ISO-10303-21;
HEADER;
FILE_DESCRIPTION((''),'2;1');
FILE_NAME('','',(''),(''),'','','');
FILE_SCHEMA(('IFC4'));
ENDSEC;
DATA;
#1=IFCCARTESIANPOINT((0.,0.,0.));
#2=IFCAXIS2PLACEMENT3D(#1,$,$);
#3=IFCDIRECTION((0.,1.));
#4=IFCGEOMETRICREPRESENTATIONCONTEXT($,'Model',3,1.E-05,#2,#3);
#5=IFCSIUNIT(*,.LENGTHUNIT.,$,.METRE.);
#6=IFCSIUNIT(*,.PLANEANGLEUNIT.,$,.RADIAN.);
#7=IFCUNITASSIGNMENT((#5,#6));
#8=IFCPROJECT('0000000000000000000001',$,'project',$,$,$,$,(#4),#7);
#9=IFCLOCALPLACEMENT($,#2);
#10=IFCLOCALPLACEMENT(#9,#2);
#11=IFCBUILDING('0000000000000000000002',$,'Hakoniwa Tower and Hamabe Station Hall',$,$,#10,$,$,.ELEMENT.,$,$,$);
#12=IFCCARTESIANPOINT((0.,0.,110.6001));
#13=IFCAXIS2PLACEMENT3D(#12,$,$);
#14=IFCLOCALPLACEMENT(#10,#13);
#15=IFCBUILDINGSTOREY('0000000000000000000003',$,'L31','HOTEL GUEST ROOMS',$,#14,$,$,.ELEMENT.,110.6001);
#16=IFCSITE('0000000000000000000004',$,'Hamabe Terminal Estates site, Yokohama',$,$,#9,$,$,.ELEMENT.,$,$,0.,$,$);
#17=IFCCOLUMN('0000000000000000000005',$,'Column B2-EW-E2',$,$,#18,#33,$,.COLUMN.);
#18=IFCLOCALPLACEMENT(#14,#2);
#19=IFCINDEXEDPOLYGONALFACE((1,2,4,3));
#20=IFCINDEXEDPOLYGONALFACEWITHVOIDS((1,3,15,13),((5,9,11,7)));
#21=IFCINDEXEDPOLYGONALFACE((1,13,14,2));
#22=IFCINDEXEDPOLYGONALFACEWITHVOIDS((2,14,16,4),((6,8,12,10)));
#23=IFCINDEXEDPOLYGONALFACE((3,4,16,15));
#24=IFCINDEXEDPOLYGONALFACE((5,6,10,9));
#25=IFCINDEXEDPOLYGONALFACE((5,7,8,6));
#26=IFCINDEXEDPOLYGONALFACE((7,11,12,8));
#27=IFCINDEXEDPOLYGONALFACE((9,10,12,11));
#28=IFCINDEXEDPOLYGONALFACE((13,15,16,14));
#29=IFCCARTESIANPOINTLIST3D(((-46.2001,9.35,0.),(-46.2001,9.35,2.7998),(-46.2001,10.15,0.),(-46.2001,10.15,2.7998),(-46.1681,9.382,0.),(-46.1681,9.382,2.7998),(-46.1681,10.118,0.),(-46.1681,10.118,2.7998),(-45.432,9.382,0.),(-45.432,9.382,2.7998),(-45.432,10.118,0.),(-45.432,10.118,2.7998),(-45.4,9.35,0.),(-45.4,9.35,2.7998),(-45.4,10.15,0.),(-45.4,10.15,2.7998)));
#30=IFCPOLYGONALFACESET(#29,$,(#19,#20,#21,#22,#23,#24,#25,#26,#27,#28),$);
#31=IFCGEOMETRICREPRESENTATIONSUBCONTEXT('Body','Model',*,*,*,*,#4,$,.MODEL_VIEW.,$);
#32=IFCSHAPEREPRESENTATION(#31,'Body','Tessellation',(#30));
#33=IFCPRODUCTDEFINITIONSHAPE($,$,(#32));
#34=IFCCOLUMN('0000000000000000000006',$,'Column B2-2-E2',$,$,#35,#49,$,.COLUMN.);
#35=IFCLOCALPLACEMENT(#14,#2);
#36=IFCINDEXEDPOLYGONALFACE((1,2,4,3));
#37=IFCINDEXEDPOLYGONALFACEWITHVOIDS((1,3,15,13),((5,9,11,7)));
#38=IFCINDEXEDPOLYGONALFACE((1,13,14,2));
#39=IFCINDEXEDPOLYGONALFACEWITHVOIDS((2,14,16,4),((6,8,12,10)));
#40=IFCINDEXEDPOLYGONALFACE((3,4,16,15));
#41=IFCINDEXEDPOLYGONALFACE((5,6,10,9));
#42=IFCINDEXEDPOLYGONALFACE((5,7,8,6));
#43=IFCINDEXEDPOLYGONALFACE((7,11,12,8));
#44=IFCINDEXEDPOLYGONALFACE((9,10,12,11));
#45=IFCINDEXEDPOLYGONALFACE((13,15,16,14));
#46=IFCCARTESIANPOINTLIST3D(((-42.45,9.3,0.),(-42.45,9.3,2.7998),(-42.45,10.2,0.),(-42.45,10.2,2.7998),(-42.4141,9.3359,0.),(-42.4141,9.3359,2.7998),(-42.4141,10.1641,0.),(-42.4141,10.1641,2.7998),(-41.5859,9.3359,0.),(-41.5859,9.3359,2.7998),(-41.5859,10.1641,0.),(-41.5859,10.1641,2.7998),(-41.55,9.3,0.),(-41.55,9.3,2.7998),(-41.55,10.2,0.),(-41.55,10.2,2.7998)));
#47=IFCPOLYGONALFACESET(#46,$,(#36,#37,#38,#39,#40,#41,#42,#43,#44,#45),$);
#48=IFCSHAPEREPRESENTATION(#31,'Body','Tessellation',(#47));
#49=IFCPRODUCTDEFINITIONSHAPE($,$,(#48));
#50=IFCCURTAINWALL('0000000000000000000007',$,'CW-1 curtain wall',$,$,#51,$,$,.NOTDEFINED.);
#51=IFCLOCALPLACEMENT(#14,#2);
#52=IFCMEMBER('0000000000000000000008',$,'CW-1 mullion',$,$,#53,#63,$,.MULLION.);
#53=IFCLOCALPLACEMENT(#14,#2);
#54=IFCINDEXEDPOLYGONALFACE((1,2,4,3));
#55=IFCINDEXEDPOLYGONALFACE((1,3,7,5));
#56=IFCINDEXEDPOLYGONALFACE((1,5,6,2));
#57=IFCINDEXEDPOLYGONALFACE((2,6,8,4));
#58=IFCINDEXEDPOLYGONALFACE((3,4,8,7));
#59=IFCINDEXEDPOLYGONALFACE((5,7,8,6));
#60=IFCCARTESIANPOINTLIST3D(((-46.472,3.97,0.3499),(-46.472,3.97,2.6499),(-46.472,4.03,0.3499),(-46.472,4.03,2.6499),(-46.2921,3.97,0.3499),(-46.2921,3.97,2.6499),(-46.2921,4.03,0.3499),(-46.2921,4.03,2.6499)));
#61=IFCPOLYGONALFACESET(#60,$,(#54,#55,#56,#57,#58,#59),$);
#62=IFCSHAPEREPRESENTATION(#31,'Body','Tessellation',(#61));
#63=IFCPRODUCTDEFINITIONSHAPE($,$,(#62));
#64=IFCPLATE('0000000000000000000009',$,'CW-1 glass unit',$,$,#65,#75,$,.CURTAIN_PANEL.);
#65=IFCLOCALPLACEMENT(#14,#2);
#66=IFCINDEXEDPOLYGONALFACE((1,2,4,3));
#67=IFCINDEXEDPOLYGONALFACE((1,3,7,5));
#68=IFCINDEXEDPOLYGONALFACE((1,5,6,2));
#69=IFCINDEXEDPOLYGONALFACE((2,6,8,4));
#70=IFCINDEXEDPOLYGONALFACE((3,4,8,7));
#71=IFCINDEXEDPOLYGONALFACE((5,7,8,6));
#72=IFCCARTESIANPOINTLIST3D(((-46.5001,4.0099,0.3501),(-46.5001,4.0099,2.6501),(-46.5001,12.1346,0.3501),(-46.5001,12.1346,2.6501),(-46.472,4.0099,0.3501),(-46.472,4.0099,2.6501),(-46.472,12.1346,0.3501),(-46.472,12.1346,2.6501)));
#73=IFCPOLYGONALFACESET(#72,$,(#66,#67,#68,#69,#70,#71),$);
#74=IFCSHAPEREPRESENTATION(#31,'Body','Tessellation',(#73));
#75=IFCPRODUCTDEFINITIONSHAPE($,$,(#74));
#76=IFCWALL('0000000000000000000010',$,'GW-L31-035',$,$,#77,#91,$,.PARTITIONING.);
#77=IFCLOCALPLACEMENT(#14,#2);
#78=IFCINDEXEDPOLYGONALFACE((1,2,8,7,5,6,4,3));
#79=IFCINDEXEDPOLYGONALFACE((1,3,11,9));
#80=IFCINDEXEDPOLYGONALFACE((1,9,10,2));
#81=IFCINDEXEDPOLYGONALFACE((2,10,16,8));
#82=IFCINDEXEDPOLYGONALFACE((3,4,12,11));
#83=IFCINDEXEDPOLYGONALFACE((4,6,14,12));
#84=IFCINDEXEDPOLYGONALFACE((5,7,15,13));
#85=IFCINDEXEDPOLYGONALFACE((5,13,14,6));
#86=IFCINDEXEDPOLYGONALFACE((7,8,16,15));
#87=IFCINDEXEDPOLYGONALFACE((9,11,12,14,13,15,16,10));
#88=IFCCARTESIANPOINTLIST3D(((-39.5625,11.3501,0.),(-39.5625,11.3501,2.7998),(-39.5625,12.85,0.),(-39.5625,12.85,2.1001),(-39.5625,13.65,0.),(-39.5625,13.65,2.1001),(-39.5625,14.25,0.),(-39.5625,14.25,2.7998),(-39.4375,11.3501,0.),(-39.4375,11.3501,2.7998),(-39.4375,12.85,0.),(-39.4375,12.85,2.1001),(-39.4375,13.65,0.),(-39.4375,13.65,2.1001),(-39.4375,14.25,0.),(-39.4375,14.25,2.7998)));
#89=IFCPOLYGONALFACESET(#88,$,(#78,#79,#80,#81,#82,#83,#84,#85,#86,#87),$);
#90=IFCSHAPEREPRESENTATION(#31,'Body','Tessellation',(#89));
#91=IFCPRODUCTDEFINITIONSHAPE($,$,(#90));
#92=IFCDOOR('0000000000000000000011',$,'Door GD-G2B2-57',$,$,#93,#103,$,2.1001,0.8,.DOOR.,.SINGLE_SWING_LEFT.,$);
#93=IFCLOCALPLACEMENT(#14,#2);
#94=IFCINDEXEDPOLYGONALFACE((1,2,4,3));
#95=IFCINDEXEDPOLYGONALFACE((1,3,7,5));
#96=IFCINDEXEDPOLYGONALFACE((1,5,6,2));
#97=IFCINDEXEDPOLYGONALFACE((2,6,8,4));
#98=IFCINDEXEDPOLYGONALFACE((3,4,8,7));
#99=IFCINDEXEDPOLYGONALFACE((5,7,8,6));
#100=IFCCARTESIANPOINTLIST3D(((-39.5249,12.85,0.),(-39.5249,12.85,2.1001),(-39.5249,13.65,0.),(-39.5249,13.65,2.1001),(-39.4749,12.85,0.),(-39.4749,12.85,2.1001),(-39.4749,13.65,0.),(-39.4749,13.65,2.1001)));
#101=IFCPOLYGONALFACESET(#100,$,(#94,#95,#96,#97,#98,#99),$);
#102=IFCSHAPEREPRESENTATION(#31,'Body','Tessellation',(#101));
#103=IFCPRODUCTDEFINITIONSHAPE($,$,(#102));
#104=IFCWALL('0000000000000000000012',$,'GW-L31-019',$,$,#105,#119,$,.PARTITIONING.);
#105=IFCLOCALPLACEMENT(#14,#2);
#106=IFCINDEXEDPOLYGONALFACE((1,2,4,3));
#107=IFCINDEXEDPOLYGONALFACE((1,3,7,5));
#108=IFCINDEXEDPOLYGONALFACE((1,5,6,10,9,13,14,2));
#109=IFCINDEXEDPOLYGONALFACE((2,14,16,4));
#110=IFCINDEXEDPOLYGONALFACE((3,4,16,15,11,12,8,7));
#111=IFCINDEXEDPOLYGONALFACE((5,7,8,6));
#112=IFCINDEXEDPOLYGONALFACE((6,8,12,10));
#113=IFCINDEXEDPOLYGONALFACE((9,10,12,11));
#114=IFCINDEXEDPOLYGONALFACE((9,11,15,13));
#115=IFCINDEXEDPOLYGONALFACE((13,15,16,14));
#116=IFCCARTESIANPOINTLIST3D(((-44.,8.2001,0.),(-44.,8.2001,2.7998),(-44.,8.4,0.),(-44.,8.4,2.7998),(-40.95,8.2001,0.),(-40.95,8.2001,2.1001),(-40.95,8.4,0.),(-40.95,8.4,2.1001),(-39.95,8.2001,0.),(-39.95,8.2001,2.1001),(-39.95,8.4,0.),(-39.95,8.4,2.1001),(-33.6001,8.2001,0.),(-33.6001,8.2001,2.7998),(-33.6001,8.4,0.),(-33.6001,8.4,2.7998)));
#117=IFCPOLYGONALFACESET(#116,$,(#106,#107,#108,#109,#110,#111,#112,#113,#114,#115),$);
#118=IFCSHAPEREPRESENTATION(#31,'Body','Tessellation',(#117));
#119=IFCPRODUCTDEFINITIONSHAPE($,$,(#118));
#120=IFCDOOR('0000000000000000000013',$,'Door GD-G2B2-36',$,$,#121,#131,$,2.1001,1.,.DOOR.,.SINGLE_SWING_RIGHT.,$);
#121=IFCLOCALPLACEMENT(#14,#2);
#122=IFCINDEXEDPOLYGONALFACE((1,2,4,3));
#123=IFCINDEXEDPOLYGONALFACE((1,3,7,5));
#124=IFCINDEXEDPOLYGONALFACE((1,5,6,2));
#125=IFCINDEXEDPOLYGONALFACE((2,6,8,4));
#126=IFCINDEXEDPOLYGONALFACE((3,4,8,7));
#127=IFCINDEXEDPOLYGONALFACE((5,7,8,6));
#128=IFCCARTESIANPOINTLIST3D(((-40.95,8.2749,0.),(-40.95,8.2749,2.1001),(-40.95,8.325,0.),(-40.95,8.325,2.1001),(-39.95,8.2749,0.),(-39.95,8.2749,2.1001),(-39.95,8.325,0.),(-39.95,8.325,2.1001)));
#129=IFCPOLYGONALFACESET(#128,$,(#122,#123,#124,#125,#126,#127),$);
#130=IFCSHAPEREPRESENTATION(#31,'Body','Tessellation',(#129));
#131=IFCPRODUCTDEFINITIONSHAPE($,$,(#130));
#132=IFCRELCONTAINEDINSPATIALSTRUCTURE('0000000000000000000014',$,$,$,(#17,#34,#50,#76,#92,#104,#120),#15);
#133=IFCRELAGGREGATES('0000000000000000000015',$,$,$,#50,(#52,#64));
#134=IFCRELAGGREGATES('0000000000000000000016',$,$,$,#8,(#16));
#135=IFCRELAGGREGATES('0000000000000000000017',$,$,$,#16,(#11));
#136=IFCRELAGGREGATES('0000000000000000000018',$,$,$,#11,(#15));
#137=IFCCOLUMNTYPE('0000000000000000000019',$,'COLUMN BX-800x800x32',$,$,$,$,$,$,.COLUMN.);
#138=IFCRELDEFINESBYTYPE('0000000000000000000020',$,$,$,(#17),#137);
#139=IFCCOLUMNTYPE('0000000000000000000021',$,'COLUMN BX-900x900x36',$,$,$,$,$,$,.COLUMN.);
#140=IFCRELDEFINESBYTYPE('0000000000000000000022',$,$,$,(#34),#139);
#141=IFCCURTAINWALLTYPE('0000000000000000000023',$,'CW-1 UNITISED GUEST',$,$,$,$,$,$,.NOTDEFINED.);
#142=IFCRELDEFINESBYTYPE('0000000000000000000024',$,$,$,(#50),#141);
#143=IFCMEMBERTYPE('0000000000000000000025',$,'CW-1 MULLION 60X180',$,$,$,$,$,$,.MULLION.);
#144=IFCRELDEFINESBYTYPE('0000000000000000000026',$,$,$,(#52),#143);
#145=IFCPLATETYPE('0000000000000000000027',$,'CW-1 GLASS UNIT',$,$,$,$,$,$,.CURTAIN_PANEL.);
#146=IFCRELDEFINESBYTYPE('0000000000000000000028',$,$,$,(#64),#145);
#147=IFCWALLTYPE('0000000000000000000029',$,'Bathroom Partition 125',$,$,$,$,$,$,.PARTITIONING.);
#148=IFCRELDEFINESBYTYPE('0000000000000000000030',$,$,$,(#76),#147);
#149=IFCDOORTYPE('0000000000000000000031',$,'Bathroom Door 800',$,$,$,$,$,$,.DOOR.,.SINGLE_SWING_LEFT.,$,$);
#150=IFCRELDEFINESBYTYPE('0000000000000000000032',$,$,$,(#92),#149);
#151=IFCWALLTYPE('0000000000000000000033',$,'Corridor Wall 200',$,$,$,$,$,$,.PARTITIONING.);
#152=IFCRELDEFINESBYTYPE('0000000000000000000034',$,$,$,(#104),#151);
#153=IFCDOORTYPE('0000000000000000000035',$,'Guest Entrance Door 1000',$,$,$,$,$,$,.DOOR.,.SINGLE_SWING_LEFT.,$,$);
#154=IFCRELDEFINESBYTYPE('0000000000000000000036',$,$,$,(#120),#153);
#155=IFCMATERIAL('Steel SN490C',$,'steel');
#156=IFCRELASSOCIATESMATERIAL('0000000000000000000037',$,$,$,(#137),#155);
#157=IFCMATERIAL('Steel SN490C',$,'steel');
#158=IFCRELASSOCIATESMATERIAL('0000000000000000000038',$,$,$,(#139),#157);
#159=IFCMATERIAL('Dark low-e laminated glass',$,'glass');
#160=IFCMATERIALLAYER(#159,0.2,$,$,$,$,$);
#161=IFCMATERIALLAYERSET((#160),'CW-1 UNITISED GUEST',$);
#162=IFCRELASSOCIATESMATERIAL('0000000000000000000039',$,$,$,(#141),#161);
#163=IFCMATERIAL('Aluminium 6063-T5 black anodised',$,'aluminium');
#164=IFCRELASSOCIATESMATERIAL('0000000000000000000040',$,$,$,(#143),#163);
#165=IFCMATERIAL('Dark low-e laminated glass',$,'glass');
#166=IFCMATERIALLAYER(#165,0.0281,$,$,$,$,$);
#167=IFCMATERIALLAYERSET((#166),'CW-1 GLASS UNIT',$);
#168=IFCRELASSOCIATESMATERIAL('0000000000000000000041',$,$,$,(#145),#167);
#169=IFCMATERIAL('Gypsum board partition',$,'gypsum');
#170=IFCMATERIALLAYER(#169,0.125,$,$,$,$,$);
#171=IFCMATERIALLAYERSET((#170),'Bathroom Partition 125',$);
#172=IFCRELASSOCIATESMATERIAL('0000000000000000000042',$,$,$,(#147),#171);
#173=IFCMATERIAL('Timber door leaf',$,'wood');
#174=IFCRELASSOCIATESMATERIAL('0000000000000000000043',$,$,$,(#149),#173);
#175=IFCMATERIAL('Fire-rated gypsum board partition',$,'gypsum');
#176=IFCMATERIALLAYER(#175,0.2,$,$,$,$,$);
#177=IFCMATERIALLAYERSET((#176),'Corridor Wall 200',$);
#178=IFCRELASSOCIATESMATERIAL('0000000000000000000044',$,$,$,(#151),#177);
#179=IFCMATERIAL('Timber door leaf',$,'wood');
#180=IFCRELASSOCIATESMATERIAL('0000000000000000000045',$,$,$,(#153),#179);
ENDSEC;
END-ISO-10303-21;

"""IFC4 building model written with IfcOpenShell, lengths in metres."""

from ifc_helpers import new_model, si_unit, direction, frame, frame_2d, origin, origin_2d, place, context, subcontext, project, spatial, rectangle, hollow_rectangle, extrude, material, layer, layer_set, material_profile, profile_set, type_object, element, fill, aggregate, save


model = new_model("IFC4")

# Units and contexts
model_context = context("Model", 3, precision=1e-05, world=origin(), true_north=direction((0.0, 1.0)))
body_context = subcontext(model_context, "Body", "Model", "MODEL_VIEW")
ifc_project = project(units=[si_unit("LENGTHUNIT", "METRE"), si_unit("PLANEANGLEUNIT", "RADIAN")], contexts=[model_context])

# Site, building, storey
site_placement = place(None, origin())
site = spatial("IfcSite", under=ifc_project, at=site_placement, Name="Hamabe Terminal Estates site, Yokohama", CompositionType="ELEMENT", RefElevation=0.0)
building_placement = place(site_placement, origin())
building = spatial("IfcBuilding", under=site, at=building_placement, Name="Hakoniwa Tower and Hamabe Station Hall", CompositionType="ELEMENT")
storey_placement = place(building_placement, frame((0.0, 0.0, 110.6001)))
storey = spatial("IfcBuildingStorey", under=building, at=storey_placement, Name="L31", Description="HOTEL GUEST ROOMS", CompositionType="ELEMENT", Elevation=110.6001)

# Columns
ifc_material_1 = material(Name="Steel SN490C", Category="steel")
ifc_material_profile_1 = material_profile(ifc_material_1, hollow_rectangle(XDim=0.8, YDim=0.8, WallThickness=0.032, at=origin_2d()), Name="BX-800x800x32")
ifc_profile_set_1 = profile_set([ifc_material_profile_1], Name="Steel SN490C")
column_type_1 = type_object("IfcColumnType", Name="COLUMN BX-800x800x32", PredefinedType="COLUMN", material=ifc_profile_set_1)
column_1_placement = place(storey_placement, frame((-45.8, 9.75, 0.0), z_axis=(0.0, 0.0, 1.0), x_axis=(1.0, 0.0, 0.0)))
element("IfcColumn", 1, at=column_1_placement, inside=storey, type_object=column_type_1, Name="Column B2-EW-E2", PredefinedType="COLUMN", context=body_context, shape_type="SweptSolid", body=[
    extrude(hollow_rectangle(XDim=0.8, YDim=0.8, WallThickness=0.032, at=origin_2d()), origin(), (0.0, 0.0, 1.0), 2.7998),
])
ifc_material_2 = material(Name="Steel SN490C", Category="steel")
ifc_material_profile_2 = material_profile(ifc_material_2, hollow_rectangle(XDim=0.8999, YDim=0.8999, WallThickness=0.0359, at=origin_2d()), Name="BX-900x900x36")
ifc_profile_set_2 = profile_set([ifc_material_profile_2], Name="Steel SN490C")
column_type_2 = type_object("IfcColumnType", Name="COLUMN BX-900x900x36", PredefinedType="COLUMN", material=ifc_profile_set_2)
column_2_placement = place(storey_placement, frame((-42.0, 9.75, 0.0), z_axis=(0.0, 0.0, 1.0), x_axis=(1.0, 0.0, 0.0)))
element("IfcColumn", 2, at=column_2_placement, inside=storey, type_object=column_type_2, Name="Column B2-2-E2", PredefinedType="COLUMN", context=body_context, shape_type="SweptSolid", body=[
    extrude(hollow_rectangle(XDim=0.8999, YDim=0.8999, WallThickness=0.0359, at=origin_2d()), origin(), (0.0, 0.0, 1.0), 2.7998),
])

# Curtain wall, member, plate
ifc_material_3 = material(Name="Dark low-e laminated glass", Category="glass")
ifc_layer_1 = layer(ifc_material_3, 0.2)
ifc_layer_set_1 = layer_set([ifc_layer_1], Name="CW-1 UNITISED GUEST")
curtain_wall_type = type_object("IfcCurtainWallType", Name="CW-1 UNITISED GUEST", PredefinedType="NOTDEFINED", material=ifc_layer_set_1)
curtain_wall_placement = place(storey_placement, origin())
curtain_wall = element("IfcCurtainWall", 3, at=curtain_wall_placement, inside=storey, type_object=curtain_wall_type, Name="CW-1 curtain wall", PredefinedType="NOTDEFINED")
ifc_material_4 = material(Name="Aluminium 6063-T5 black anodised", Category="aluminium")
ifc_material_profile_3 = material_profile(ifc_material_4, rectangle(XDim=0.0601, YDim=0.1799, at=origin_2d()), Name="CW-1 MULLION 60X180")
ifc_profile_set_3 = profile_set([ifc_material_profile_3], Name="Aluminium 6063-T5 black anodised")
member_type = type_object("IfcMemberType", Name="CW-1 MULLION 60X180", PredefinedType="MULLION", material=ifc_profile_set_3)
member_placement = place(storey_placement, frame((-46.3821, 4.0, 0.3499), z_axis=(0.0, 0.0, 1.0), x_axis=(0.0, -1.0, 0.0)))
member = element("IfcMember", 4, at=member_placement, type_object=member_type, Name="CW-1 mullion", PredefinedType="MULLION", context=body_context, shape_type="SweptSolid", body=[
    extrude(rectangle(XDim=0.0601, YDim=0.1799, at=origin_2d()), origin(), (0.0, 0.0, 1.0), 2.3),
])
ifc_material_5 = material(Name="Dark low-e laminated glass", Category="glass")
ifc_layer_2 = layer(ifc_material_5, 0.0281)
ifc_layer_set_2 = layer_set([ifc_layer_2], Name="CW-1 GLASS UNIT")
plate_type = type_object("IfcPlateType", Name="CW-1 GLASS UNIT", PredefinedType="CURTAIN_PANEL", material=ifc_layer_set_2)
plate_placement = place(storey_placement, frame((-46.4861, 8.0723, 0.3501), z_axis=(0.0, 0.0, 1.0), x_axis=(0.0, -1.0, 0.0)))
plate = element("IfcPlate", 5, at=plate_placement, type_object=plate_type, Name="CW-1 glass unit", PredefinedType="CURTAIN_PANEL", context=body_context, shape_type="SweptSolid", body=[
    extrude(rectangle(XDim=8.1248, YDim=0.0281, at=origin_2d()), origin(), (0.0, 0.0, 1.0), 2.3),
])
aggregate(curtain_wall, [member, plate])

# Walls, openings, doors
ifc_material_6 = material(Name="Gypsum board partition", Category="gypsum")
ifc_layer_3 = layer(ifc_material_6, 0.125)
ifc_layer_set_3 = layer_set([ifc_layer_3], Name="Bathroom Partition 125")
wall_type_1 = type_object("IfcWallType", Name="Bathroom Partition 125", PredefinedType="PARTITIONING", material=ifc_layer_set_3)
wall_1_placement = place(storey_placement, frame((-39.5, 11.3501, 0.0), z_axis=(0.0, 0.0, 1.0), x_axis=(0.0, 1.0, 0.0)))
wall_1 = element("IfcWall", 6, at=wall_1_placement, inside=storey, type_object=wall_type_1, Name="GW-L31-035", PredefinedType="PARTITIONING", context=body_context, shape_type="SweptSolid", body=[
    extrude(rectangle(XDim=2.8999, YDim=0.125, at=frame_2d((1.45, 0.0))), origin(), (0.0, 0.0, 1.0), 2.7998),
])
opening_1_placement = place(wall_1_placement, frame((1.5, 0.0, 0.0)))
opening_1 = element("IfcOpeningElement", 7, at=opening_1_placement, cuts=wall_1, PredefinedType="OPENING", context=body_context, shape_type="SweptSolid", body=[
    extrude(rectangle(XDim=0.8, YDim=2.1001, at=frame_2d((0.3999, 1.05))), frame((0.0, 0.0725, 0.0), z_axis=(0.0, -1.0, 0.0), x_axis=(1.0, 0.0, 0.0)), (0.0, 0.0, 1.0), 0.145),
])
ifc_material_7 = material(Name="Timber door leaf", Category="wood")
door_type_1 = type_object("IfcDoorType", Name="Bathroom Door 800", OperationType="SINGLE_SWING_LEFT", PredefinedType="DOOR", material=ifc_material_7)
door_1_placement = place(opening_1_placement, origin())
door_1 = element("IfcDoor", 8, at=door_1_placement, inside=storey, type_object=door_type_1, Name="Door GD-G2B2-57", OperationType="SINGLE_SWING_LEFT", OverallHeight=2.1001, OverallWidth=0.8, PredefinedType="DOOR", context=body_context, shape_type="SweptSolid", body=[
    extrude(rectangle(XDim=0.8, YDim=2.1001, at=frame_2d((0.3999, 1.05))), frame((0.0, 0.0249, 0.0), z_axis=(0.0, -1.0, 0.0), x_axis=(1.0, 0.0, 0.0)), (0.0, 0.0, 1.0), 0.05),
])
fill(opening_1, door_1)
ifc_material_8 = material(Name="Fire-rated gypsum board partition", Category="gypsum")
ifc_layer_4 = layer(ifc_material_8, 0.2)
ifc_layer_set_4 = layer_set([ifc_layer_4], Name="Corridor Wall 200")
wall_type_2 = type_object("IfcWallType", Name="Corridor Wall 200", PredefinedType="PARTITIONING", material=ifc_layer_set_4)
wall_2_placement = place(storey_placement, frame((-44.0, 8.3, 0.0), z_axis=(0.0, 0.0, 1.0), x_axis=(1.0, 0.0, 0.0)))
wall_2 = element("IfcWall", 9, at=wall_2_placement, inside=storey, type_object=wall_type_2, Name="GW-L31-019", PredefinedType="PARTITIONING", context=body_context, shape_type="SweptSolid", body=[
    extrude(rectangle(XDim=10.3999, YDim=0.2, at=frame_2d((5.2, 0.0))), origin(), (0.0, 0.0, 1.0), 2.7998),
])
opening_2_placement = place(wall_2_placement, frame((3.05, 0.0, 0.0)))
opening_2 = element("IfcOpeningElement", 10, at=opening_2_placement, cuts=wall_2, PredefinedType="OPENING", context=body_context, shape_type="SweptSolid", body=[
    extrude(rectangle(XDim=1.0, YDim=2.1001, at=frame_2d((0.5, 1.05))), frame((0.0, 0.1099, 0.0), z_axis=(0.0, -1.0, 0.0), x_axis=(1.0, 0.0, 0.0)), (0.0, 0.0, 1.0), 0.22),
])
ifc_material_9 = material(Name="Timber door leaf", Category="wood")
door_type_2 = type_object("IfcDoorType", Name="Guest Entrance Door 1000", OperationType="SINGLE_SWING_LEFT", PredefinedType="DOOR", material=ifc_material_9)
door_2_placement = place(opening_2_placement, origin())
door_2 = element("IfcDoor", 11, at=door_2_placement, inside=storey, type_object=door_type_2, Name="Door GD-G2B2-36", OperationType="SINGLE_SWING_RIGHT", OverallHeight=2.1001, OverallWidth=1.0, PredefinedType="DOOR", context=body_context, shape_type="SweptSolid", body=[
    extrude(rectangle(XDim=1.0, YDim=2.1001, at=frame_2d((0.5, 1.05))), frame((0.0, 0.0249, 0.0), z_axis=(0.0, -1.0, 0.0), x_axis=(1.0, 0.0, 0.0)), (0.0, 0.0, 1.0), 0.05),
])
fill(opening_2, door_2)

save(model, "model.ifc")
